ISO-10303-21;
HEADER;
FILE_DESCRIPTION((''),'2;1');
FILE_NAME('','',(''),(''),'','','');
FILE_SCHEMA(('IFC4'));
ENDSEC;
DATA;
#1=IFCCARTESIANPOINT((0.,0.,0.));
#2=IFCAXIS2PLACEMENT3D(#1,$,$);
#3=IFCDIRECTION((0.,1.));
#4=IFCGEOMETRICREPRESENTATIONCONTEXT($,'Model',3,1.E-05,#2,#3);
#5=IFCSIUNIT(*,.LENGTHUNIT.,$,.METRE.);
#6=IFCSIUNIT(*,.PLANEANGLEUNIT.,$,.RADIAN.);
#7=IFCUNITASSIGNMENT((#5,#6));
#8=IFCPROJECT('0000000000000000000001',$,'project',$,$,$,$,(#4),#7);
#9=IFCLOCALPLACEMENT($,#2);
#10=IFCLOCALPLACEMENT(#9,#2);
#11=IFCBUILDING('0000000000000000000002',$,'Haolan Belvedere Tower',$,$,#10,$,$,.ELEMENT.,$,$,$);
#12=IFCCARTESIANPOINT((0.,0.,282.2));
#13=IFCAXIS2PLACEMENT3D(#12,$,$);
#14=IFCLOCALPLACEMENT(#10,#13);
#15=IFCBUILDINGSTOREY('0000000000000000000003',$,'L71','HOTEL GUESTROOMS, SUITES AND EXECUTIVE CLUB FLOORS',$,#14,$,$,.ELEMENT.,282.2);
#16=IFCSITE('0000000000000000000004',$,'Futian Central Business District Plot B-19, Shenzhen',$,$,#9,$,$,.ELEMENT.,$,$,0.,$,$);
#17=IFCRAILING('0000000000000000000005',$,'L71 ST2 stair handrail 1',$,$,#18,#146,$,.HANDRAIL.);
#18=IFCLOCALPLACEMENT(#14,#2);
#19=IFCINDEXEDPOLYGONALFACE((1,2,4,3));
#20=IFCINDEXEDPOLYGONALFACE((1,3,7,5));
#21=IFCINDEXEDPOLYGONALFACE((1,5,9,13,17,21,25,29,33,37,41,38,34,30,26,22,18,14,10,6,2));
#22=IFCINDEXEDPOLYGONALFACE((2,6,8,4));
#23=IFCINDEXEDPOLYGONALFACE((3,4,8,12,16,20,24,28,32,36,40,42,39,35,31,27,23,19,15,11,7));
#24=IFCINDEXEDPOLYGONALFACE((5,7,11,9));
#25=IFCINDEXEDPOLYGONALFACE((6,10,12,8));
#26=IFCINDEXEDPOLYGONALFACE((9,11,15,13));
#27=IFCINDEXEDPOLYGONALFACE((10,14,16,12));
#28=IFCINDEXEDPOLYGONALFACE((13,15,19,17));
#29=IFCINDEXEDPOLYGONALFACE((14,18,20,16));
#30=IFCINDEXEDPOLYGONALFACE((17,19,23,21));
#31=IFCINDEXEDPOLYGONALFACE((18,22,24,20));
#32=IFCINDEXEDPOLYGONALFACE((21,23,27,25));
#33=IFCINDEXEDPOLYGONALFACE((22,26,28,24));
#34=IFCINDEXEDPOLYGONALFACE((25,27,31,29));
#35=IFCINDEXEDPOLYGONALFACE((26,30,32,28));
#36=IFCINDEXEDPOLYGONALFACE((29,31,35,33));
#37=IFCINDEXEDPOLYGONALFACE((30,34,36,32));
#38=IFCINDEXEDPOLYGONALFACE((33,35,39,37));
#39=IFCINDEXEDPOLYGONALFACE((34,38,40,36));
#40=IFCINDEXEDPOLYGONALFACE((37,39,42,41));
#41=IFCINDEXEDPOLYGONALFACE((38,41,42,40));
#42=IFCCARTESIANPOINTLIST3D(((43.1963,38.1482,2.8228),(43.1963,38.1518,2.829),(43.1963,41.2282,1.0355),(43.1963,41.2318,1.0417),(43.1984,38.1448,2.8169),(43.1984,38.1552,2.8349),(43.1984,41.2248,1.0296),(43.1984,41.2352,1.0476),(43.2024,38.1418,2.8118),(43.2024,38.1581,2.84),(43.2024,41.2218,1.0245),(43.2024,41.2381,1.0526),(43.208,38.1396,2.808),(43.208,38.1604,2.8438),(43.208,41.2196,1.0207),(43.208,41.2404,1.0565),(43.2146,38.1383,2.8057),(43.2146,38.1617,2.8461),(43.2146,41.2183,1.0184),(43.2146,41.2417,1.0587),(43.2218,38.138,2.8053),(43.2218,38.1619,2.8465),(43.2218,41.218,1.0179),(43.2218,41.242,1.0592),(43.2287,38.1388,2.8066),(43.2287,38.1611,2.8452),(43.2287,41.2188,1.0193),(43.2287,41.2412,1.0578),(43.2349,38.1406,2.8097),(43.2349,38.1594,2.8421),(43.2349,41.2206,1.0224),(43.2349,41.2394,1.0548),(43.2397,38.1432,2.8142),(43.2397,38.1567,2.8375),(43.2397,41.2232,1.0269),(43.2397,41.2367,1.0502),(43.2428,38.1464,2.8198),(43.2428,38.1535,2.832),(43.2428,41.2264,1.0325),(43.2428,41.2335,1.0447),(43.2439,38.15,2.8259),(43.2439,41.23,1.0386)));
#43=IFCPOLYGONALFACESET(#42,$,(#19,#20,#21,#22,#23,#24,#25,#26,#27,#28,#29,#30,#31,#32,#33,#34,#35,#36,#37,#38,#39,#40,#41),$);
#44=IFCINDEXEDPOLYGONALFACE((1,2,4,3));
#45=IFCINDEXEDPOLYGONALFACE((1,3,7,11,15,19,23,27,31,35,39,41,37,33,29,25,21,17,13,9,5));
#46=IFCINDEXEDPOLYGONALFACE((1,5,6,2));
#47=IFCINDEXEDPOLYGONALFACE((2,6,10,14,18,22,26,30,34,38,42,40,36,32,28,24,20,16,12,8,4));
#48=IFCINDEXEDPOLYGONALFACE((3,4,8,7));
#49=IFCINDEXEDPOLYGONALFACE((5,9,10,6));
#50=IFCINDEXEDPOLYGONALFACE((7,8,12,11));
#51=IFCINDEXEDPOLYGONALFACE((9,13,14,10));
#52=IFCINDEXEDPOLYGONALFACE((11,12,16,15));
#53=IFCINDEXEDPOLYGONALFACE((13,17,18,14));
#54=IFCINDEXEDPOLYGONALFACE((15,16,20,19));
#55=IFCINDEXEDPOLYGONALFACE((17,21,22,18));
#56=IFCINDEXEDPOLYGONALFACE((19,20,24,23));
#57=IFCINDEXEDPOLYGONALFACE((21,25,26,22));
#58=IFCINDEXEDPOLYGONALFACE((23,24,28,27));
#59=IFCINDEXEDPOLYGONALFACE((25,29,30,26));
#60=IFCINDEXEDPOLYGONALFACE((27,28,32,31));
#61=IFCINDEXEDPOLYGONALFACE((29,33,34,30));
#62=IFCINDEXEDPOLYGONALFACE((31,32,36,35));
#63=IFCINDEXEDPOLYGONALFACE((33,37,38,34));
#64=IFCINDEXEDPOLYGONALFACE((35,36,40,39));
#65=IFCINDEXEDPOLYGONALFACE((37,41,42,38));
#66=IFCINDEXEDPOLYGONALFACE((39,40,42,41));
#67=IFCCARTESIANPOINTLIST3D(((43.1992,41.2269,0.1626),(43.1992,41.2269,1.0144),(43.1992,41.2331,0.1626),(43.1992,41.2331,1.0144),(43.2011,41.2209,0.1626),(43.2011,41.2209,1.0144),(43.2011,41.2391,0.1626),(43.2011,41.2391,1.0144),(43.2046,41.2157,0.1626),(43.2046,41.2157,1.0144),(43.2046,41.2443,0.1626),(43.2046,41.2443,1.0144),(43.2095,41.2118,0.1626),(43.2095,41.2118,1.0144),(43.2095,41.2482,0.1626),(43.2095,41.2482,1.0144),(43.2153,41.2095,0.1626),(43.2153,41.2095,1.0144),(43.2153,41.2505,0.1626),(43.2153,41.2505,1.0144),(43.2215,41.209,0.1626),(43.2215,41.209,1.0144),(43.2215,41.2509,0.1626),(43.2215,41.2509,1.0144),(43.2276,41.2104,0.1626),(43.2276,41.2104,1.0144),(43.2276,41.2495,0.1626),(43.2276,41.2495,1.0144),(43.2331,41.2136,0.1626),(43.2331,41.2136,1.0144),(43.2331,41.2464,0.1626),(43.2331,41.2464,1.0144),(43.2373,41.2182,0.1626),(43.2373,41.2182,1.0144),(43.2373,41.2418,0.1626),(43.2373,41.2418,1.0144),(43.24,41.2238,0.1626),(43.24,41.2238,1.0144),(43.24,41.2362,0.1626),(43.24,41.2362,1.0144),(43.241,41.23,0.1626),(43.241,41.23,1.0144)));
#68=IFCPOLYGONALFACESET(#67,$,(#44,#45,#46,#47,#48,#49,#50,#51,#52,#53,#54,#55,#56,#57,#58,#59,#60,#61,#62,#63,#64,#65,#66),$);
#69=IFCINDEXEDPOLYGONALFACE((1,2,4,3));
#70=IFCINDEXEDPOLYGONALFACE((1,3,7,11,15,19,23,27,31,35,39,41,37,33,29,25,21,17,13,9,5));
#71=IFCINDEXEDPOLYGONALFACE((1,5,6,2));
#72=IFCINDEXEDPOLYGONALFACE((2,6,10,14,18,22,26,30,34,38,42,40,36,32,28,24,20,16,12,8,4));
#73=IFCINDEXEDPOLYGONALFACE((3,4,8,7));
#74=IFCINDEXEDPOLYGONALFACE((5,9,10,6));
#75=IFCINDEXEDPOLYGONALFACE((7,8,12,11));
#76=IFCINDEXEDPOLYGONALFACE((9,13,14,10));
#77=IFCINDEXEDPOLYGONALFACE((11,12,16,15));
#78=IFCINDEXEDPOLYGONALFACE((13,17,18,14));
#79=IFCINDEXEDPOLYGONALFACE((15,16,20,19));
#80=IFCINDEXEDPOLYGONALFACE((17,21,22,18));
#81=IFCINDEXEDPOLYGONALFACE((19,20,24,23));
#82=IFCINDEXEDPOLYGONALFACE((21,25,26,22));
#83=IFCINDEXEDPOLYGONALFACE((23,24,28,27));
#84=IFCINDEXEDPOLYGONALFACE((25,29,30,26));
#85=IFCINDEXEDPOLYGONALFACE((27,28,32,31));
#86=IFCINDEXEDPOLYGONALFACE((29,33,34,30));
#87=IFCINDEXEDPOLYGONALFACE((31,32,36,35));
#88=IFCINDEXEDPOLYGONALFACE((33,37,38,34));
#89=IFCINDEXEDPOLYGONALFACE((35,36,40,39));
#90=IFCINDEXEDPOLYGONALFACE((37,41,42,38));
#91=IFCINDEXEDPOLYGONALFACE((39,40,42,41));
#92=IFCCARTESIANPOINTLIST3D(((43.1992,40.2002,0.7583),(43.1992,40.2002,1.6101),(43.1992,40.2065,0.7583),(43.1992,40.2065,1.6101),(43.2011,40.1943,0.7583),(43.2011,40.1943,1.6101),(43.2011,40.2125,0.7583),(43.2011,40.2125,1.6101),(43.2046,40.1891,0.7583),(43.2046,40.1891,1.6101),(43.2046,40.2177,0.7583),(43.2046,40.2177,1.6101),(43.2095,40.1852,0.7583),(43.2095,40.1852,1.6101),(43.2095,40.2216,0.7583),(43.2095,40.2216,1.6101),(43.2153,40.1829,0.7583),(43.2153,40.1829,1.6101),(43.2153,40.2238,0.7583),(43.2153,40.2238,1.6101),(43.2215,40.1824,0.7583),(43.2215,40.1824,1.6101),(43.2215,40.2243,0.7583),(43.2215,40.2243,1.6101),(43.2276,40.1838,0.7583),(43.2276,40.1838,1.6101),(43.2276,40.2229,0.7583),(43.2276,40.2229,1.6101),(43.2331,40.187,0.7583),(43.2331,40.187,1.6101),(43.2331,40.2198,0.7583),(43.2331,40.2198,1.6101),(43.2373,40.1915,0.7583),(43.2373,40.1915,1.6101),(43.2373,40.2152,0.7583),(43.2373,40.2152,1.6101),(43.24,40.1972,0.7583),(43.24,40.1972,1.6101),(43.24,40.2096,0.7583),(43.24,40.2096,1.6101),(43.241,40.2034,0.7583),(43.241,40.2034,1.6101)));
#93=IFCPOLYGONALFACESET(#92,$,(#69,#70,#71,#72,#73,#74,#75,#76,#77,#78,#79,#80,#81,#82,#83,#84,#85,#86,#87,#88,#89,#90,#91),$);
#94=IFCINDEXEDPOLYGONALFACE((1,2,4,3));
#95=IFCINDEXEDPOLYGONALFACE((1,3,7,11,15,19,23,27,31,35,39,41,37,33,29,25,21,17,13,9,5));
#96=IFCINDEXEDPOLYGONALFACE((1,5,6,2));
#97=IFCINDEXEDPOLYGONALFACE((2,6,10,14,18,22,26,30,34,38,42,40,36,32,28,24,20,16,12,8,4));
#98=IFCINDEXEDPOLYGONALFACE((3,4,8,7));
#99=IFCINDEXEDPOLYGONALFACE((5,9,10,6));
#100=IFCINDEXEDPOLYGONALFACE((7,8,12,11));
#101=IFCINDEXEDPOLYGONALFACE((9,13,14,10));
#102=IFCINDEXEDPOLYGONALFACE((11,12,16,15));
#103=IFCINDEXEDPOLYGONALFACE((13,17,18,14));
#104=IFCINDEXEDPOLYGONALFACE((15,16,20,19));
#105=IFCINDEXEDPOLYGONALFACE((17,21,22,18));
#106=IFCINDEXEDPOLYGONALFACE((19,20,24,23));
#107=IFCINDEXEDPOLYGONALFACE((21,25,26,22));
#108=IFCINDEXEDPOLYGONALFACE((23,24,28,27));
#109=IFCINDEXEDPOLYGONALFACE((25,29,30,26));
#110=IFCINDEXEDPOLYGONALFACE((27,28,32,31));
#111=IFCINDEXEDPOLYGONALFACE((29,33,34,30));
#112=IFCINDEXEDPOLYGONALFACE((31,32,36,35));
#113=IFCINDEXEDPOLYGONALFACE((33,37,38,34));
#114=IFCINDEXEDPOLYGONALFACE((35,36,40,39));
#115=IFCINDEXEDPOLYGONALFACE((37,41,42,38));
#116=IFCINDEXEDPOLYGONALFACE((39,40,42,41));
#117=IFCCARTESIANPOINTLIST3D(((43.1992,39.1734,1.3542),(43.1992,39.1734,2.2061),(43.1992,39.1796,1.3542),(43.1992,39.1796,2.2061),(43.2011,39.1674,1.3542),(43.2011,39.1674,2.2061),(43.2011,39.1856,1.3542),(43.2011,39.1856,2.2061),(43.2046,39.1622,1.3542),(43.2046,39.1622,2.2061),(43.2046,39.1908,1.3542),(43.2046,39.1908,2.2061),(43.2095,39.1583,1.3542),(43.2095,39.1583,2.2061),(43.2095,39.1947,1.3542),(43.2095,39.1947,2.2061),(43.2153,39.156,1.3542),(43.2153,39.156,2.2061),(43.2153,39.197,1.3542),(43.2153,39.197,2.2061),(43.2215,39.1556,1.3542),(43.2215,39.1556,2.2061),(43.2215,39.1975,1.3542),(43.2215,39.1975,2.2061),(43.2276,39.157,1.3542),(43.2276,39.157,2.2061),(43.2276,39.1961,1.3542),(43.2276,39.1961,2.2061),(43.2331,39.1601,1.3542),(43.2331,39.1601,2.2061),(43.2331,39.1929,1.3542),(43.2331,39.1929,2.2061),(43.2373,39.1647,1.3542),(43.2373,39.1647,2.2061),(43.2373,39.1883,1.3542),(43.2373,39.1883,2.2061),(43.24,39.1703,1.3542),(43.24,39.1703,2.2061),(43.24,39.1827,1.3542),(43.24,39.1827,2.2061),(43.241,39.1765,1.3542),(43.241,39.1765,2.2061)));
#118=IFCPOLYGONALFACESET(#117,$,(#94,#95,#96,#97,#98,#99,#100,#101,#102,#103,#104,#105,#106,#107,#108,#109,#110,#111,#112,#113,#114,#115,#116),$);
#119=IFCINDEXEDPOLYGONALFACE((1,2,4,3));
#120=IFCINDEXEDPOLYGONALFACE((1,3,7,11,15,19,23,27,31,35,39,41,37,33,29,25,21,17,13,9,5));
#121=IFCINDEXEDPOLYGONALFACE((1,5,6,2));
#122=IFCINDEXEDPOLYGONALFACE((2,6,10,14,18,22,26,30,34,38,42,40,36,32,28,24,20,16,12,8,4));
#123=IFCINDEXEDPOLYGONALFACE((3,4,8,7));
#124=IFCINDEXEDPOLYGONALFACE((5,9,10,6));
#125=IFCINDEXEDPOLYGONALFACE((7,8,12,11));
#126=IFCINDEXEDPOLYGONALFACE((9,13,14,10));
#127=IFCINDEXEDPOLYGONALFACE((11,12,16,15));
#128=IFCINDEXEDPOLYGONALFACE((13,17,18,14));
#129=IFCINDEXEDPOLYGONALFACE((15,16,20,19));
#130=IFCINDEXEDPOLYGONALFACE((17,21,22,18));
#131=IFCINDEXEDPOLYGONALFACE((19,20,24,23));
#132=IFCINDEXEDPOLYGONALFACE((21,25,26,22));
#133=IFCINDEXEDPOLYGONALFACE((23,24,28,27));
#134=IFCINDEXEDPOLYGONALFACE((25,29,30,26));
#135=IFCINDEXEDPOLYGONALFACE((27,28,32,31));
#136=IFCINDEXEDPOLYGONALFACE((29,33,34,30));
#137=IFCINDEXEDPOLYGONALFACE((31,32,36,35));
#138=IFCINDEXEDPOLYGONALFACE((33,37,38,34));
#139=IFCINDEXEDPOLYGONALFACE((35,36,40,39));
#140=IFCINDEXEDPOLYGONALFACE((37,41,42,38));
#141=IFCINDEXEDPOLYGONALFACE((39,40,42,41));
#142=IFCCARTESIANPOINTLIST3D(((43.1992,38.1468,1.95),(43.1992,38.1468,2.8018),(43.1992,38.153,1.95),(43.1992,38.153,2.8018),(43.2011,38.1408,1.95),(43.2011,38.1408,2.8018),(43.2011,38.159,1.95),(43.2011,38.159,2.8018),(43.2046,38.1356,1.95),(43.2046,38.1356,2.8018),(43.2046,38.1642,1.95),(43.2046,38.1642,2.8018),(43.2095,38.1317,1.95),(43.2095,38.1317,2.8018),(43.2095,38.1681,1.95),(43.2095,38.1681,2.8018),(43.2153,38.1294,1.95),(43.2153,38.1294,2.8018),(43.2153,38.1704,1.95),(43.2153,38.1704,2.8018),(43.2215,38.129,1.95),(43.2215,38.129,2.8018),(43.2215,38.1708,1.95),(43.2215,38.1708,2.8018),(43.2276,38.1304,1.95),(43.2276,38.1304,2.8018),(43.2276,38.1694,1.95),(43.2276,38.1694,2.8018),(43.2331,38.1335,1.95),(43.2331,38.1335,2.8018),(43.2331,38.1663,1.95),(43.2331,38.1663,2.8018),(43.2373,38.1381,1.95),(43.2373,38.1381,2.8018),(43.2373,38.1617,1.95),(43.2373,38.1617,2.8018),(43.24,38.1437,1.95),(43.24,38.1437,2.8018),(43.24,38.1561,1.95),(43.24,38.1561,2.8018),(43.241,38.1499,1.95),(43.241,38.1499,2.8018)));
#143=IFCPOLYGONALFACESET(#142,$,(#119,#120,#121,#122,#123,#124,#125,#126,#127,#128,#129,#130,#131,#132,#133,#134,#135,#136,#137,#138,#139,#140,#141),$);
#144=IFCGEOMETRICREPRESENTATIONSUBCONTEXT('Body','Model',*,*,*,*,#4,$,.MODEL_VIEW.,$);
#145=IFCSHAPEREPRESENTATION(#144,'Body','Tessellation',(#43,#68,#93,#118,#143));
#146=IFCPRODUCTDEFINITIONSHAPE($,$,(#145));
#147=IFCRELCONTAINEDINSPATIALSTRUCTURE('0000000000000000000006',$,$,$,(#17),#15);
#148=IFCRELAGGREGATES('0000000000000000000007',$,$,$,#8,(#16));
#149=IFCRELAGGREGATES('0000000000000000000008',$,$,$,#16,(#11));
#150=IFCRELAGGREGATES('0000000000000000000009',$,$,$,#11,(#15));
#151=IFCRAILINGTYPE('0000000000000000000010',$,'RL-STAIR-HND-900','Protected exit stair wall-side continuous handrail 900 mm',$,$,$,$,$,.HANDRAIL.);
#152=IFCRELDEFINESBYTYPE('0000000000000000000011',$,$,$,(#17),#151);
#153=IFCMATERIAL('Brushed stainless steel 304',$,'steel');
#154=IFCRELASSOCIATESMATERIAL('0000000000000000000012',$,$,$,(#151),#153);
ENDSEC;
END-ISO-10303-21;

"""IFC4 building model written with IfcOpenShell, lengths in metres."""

from ifc_helpers import new_model, si_unit, direction, frame, origin, origin_2d, place, context, subcontext, project, spatial, circle, extrude, material, type_object, element, save


model = new_model("IFC4")

# Units and contexts
model_context = context("Model", 3, precision=1e-05, world=origin(), true_north=direction((0.0, 1.0)))
body_context = subcontext(model_context, "Body", "Model", "MODEL_VIEW")
ifc_project = project(units=[si_unit("LENGTHUNIT", "METRE"), si_unit("PLANEANGLEUNIT", "RADIAN")], contexts=[model_context])

# Site, building, storey
site_placement = place(None, origin())
site = spatial("IfcSite", under=ifc_project, at=site_placement, Name="Futian Central Business District Plot B-19, Shenzhen", CompositionType="ELEMENT", RefElevation=0.0)
building_placement = place(site_placement, origin())
building = spatial("IfcBuilding", under=site, at=building_placement, Name="Haolan Belvedere Tower", CompositionType="ELEMENT")
storey_placement = place(building_placement, frame((0.0, 0.0, 282.2)))
storey = spatial("IfcBuildingStorey", under=building, at=storey_placement, Name="L71", Description="HOTEL GUESTROOMS, SUITES AND EXECUTIVE CLUB FLOORS", CompositionType="ELEMENT", Elevation=282.2)

# Railing
ifc_material_1 = material(Name="Brushed stainless steel 304", Category="steel")
railing_type_1 = type_object("IfcRailingType", Name="RL-STAIR-HND-900", Description="Protected exit stair wall-side continuous handrail 900 mm", PredefinedType="HANDRAIL", material=ifc_material_1)
railing_1_placement = place(storey_placement, frame((43.22, 41.23, 0.1626)))
element("IfcRailing", 1, at=railing_1_placement, inside=storey, type_object=railing_type_1, Name="L71 ST2 stair handrail 1", PredefinedType="HANDRAIL", context=body_context, shape_type="SweptSolid", body=[
    extrude(circle(Radius=0.0239, at=origin_2d()), frame((0.0, 0.0, 0.876), z_axis=(0.0, -0.86492, 0.501909), x_axis=(1.0, 0.0, 0.0)), (0.0, 0.0, 1.0), 3.561),
    extrude(circle(Radius=0.021, at=origin_2d()), origin(), (0.0, 0.0, 1.0), 0.8518),
    extrude(circle(Radius=0.021, at=origin_2d()), frame((0.0, -1.0266, 0.5957)), (0.0, 0.0, 1.0), 0.8518),
    extrude(circle(Radius=0.021, at=origin_2d()), frame((0.0, -2.0535, 1.1917)), (0.0, 0.0, 1.0), 0.8518),
    extrude(circle(Radius=0.021, at=origin_2d()), frame((0.0, -3.0801, 1.7874)), (0.0, 0.0, 1.0), 0.8518),
])

save(model, "model.ifc")
